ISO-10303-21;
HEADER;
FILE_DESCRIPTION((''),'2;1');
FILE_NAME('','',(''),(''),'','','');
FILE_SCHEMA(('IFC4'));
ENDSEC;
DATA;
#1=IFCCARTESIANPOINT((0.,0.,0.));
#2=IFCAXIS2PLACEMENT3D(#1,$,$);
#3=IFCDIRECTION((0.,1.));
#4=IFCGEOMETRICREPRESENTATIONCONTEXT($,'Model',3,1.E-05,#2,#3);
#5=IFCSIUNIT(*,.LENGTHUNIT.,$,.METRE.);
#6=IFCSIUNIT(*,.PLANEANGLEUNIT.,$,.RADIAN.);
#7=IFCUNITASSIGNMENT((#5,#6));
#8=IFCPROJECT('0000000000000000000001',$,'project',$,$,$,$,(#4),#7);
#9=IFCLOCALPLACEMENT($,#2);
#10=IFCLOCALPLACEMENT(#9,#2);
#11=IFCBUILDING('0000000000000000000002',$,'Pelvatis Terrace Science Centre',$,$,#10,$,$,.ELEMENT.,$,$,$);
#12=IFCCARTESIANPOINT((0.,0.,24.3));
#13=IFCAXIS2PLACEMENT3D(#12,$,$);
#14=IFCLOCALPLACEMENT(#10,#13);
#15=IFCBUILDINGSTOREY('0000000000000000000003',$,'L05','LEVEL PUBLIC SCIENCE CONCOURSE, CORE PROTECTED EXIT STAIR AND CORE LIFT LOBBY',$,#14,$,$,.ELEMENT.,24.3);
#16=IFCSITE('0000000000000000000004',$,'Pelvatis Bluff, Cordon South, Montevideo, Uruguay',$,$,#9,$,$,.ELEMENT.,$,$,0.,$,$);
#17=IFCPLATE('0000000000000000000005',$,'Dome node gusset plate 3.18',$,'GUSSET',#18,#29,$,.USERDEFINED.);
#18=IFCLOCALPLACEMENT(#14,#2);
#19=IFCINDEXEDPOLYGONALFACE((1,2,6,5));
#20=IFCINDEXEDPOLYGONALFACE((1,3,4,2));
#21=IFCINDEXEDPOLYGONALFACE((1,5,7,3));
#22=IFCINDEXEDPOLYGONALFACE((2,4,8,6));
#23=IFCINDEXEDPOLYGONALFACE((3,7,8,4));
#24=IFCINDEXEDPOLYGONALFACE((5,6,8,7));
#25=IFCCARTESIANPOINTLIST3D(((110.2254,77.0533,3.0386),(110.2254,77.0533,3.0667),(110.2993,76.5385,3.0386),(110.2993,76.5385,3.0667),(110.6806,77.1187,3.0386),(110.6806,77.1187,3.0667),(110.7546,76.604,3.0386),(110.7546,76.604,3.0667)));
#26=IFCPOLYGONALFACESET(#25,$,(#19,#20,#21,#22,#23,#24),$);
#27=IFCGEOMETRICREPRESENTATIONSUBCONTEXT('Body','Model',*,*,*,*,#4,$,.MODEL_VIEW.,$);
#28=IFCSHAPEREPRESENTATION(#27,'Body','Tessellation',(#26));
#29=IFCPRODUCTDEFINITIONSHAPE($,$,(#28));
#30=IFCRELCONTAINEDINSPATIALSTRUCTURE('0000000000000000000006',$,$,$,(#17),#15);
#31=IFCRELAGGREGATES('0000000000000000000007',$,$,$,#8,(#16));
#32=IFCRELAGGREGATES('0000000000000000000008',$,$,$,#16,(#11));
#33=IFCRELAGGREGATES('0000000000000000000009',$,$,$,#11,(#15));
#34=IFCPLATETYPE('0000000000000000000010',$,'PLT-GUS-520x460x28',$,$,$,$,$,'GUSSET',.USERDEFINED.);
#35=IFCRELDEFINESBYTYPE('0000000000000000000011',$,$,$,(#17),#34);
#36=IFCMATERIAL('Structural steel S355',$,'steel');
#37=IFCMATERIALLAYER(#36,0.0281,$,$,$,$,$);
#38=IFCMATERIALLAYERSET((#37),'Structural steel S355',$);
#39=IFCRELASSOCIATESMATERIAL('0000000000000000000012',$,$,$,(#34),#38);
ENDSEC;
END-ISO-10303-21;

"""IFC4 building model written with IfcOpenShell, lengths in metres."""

from ifc_helpers import new_model, si_unit, direction, frame, origin, origin_2d, place, context, subcontext, project, spatial, rectangle, extrude, material, layer, layer_set, type_object, element, save


model = new_model("IFC4")

# Units and contexts
model_context = context("Model", 3, precision=1e-05, world=origin(), true_north=direction((0.0, 1.0)))
body_context = subcontext(model_context, "Body", "Model", "MODEL_VIEW")
ifc_project = project(units=[si_unit("LENGTHUNIT", "METRE"), si_unit("PLANEANGLEUNIT", "RADIAN")], contexts=[model_context])

# Site, building, storey
site_placement = place(None, origin())
site = spatial("IfcSite", under=ifc_project, at=site_placement, Name="Pelvatis Bluff, Cordon South, Montevideo, Uruguay", CompositionType="ELEMENT", RefElevation=0.0)
building_placement = place(site_placement, origin())
building = spatial("IfcBuilding", under=site, at=building_placement, Name="Pelvatis Terrace Science Centre", CompositionType="ELEMENT")
storey_placement = place(building_placement, frame((0.0, 0.0, 24.3)))
storey = spatial("IfcBuildingStorey", under=building, at=storey_placement, Name="L05", Description="LEVEL PUBLIC SCIENCE CONCOURSE, CORE PROTECTED EXIT STAIR AND CORE LIFT LOBBY", CompositionType="ELEMENT", Elevation=24.3)

# Plate
ifc_material_1 = material(Name="Structural steel S355", Category="steel")
ifc_layer_1 = layer(ifc_material_1, 0.0281)
ifc_layer_set_1 = layer_set([ifc_layer_1], Name="Structural steel S355")
plate_type_1 = type_object("IfcPlateType", Name="PLT-GUS-520x460x28", ElementType="GUSSET", PredefinedType="USERDEFINED", material=ifc_layer_set_1)
plate_1_placement = place(storey_placement, frame((110.49, 76.8286, 3.0386), z_axis=(0.0, 0.0, 1.0), x_axis=(0.142283, -0.989826, 0.0)))
element("IfcPlate", 1, at=plate_1_placement, inside=storey, type_object=plate_type_1, Name="Dome node gusset plate 3.18", ObjectType="GUSSET", PredefinedType="USERDEFINED", context=body_context, shape_type="SweptSolid", body=[
    extrude(rectangle(XDim=0.52, YDim=0.46, at=origin_2d()), origin(), (0.0, 0.0, 1.0), 0.0281),
])

save(model, "model.ifc")
